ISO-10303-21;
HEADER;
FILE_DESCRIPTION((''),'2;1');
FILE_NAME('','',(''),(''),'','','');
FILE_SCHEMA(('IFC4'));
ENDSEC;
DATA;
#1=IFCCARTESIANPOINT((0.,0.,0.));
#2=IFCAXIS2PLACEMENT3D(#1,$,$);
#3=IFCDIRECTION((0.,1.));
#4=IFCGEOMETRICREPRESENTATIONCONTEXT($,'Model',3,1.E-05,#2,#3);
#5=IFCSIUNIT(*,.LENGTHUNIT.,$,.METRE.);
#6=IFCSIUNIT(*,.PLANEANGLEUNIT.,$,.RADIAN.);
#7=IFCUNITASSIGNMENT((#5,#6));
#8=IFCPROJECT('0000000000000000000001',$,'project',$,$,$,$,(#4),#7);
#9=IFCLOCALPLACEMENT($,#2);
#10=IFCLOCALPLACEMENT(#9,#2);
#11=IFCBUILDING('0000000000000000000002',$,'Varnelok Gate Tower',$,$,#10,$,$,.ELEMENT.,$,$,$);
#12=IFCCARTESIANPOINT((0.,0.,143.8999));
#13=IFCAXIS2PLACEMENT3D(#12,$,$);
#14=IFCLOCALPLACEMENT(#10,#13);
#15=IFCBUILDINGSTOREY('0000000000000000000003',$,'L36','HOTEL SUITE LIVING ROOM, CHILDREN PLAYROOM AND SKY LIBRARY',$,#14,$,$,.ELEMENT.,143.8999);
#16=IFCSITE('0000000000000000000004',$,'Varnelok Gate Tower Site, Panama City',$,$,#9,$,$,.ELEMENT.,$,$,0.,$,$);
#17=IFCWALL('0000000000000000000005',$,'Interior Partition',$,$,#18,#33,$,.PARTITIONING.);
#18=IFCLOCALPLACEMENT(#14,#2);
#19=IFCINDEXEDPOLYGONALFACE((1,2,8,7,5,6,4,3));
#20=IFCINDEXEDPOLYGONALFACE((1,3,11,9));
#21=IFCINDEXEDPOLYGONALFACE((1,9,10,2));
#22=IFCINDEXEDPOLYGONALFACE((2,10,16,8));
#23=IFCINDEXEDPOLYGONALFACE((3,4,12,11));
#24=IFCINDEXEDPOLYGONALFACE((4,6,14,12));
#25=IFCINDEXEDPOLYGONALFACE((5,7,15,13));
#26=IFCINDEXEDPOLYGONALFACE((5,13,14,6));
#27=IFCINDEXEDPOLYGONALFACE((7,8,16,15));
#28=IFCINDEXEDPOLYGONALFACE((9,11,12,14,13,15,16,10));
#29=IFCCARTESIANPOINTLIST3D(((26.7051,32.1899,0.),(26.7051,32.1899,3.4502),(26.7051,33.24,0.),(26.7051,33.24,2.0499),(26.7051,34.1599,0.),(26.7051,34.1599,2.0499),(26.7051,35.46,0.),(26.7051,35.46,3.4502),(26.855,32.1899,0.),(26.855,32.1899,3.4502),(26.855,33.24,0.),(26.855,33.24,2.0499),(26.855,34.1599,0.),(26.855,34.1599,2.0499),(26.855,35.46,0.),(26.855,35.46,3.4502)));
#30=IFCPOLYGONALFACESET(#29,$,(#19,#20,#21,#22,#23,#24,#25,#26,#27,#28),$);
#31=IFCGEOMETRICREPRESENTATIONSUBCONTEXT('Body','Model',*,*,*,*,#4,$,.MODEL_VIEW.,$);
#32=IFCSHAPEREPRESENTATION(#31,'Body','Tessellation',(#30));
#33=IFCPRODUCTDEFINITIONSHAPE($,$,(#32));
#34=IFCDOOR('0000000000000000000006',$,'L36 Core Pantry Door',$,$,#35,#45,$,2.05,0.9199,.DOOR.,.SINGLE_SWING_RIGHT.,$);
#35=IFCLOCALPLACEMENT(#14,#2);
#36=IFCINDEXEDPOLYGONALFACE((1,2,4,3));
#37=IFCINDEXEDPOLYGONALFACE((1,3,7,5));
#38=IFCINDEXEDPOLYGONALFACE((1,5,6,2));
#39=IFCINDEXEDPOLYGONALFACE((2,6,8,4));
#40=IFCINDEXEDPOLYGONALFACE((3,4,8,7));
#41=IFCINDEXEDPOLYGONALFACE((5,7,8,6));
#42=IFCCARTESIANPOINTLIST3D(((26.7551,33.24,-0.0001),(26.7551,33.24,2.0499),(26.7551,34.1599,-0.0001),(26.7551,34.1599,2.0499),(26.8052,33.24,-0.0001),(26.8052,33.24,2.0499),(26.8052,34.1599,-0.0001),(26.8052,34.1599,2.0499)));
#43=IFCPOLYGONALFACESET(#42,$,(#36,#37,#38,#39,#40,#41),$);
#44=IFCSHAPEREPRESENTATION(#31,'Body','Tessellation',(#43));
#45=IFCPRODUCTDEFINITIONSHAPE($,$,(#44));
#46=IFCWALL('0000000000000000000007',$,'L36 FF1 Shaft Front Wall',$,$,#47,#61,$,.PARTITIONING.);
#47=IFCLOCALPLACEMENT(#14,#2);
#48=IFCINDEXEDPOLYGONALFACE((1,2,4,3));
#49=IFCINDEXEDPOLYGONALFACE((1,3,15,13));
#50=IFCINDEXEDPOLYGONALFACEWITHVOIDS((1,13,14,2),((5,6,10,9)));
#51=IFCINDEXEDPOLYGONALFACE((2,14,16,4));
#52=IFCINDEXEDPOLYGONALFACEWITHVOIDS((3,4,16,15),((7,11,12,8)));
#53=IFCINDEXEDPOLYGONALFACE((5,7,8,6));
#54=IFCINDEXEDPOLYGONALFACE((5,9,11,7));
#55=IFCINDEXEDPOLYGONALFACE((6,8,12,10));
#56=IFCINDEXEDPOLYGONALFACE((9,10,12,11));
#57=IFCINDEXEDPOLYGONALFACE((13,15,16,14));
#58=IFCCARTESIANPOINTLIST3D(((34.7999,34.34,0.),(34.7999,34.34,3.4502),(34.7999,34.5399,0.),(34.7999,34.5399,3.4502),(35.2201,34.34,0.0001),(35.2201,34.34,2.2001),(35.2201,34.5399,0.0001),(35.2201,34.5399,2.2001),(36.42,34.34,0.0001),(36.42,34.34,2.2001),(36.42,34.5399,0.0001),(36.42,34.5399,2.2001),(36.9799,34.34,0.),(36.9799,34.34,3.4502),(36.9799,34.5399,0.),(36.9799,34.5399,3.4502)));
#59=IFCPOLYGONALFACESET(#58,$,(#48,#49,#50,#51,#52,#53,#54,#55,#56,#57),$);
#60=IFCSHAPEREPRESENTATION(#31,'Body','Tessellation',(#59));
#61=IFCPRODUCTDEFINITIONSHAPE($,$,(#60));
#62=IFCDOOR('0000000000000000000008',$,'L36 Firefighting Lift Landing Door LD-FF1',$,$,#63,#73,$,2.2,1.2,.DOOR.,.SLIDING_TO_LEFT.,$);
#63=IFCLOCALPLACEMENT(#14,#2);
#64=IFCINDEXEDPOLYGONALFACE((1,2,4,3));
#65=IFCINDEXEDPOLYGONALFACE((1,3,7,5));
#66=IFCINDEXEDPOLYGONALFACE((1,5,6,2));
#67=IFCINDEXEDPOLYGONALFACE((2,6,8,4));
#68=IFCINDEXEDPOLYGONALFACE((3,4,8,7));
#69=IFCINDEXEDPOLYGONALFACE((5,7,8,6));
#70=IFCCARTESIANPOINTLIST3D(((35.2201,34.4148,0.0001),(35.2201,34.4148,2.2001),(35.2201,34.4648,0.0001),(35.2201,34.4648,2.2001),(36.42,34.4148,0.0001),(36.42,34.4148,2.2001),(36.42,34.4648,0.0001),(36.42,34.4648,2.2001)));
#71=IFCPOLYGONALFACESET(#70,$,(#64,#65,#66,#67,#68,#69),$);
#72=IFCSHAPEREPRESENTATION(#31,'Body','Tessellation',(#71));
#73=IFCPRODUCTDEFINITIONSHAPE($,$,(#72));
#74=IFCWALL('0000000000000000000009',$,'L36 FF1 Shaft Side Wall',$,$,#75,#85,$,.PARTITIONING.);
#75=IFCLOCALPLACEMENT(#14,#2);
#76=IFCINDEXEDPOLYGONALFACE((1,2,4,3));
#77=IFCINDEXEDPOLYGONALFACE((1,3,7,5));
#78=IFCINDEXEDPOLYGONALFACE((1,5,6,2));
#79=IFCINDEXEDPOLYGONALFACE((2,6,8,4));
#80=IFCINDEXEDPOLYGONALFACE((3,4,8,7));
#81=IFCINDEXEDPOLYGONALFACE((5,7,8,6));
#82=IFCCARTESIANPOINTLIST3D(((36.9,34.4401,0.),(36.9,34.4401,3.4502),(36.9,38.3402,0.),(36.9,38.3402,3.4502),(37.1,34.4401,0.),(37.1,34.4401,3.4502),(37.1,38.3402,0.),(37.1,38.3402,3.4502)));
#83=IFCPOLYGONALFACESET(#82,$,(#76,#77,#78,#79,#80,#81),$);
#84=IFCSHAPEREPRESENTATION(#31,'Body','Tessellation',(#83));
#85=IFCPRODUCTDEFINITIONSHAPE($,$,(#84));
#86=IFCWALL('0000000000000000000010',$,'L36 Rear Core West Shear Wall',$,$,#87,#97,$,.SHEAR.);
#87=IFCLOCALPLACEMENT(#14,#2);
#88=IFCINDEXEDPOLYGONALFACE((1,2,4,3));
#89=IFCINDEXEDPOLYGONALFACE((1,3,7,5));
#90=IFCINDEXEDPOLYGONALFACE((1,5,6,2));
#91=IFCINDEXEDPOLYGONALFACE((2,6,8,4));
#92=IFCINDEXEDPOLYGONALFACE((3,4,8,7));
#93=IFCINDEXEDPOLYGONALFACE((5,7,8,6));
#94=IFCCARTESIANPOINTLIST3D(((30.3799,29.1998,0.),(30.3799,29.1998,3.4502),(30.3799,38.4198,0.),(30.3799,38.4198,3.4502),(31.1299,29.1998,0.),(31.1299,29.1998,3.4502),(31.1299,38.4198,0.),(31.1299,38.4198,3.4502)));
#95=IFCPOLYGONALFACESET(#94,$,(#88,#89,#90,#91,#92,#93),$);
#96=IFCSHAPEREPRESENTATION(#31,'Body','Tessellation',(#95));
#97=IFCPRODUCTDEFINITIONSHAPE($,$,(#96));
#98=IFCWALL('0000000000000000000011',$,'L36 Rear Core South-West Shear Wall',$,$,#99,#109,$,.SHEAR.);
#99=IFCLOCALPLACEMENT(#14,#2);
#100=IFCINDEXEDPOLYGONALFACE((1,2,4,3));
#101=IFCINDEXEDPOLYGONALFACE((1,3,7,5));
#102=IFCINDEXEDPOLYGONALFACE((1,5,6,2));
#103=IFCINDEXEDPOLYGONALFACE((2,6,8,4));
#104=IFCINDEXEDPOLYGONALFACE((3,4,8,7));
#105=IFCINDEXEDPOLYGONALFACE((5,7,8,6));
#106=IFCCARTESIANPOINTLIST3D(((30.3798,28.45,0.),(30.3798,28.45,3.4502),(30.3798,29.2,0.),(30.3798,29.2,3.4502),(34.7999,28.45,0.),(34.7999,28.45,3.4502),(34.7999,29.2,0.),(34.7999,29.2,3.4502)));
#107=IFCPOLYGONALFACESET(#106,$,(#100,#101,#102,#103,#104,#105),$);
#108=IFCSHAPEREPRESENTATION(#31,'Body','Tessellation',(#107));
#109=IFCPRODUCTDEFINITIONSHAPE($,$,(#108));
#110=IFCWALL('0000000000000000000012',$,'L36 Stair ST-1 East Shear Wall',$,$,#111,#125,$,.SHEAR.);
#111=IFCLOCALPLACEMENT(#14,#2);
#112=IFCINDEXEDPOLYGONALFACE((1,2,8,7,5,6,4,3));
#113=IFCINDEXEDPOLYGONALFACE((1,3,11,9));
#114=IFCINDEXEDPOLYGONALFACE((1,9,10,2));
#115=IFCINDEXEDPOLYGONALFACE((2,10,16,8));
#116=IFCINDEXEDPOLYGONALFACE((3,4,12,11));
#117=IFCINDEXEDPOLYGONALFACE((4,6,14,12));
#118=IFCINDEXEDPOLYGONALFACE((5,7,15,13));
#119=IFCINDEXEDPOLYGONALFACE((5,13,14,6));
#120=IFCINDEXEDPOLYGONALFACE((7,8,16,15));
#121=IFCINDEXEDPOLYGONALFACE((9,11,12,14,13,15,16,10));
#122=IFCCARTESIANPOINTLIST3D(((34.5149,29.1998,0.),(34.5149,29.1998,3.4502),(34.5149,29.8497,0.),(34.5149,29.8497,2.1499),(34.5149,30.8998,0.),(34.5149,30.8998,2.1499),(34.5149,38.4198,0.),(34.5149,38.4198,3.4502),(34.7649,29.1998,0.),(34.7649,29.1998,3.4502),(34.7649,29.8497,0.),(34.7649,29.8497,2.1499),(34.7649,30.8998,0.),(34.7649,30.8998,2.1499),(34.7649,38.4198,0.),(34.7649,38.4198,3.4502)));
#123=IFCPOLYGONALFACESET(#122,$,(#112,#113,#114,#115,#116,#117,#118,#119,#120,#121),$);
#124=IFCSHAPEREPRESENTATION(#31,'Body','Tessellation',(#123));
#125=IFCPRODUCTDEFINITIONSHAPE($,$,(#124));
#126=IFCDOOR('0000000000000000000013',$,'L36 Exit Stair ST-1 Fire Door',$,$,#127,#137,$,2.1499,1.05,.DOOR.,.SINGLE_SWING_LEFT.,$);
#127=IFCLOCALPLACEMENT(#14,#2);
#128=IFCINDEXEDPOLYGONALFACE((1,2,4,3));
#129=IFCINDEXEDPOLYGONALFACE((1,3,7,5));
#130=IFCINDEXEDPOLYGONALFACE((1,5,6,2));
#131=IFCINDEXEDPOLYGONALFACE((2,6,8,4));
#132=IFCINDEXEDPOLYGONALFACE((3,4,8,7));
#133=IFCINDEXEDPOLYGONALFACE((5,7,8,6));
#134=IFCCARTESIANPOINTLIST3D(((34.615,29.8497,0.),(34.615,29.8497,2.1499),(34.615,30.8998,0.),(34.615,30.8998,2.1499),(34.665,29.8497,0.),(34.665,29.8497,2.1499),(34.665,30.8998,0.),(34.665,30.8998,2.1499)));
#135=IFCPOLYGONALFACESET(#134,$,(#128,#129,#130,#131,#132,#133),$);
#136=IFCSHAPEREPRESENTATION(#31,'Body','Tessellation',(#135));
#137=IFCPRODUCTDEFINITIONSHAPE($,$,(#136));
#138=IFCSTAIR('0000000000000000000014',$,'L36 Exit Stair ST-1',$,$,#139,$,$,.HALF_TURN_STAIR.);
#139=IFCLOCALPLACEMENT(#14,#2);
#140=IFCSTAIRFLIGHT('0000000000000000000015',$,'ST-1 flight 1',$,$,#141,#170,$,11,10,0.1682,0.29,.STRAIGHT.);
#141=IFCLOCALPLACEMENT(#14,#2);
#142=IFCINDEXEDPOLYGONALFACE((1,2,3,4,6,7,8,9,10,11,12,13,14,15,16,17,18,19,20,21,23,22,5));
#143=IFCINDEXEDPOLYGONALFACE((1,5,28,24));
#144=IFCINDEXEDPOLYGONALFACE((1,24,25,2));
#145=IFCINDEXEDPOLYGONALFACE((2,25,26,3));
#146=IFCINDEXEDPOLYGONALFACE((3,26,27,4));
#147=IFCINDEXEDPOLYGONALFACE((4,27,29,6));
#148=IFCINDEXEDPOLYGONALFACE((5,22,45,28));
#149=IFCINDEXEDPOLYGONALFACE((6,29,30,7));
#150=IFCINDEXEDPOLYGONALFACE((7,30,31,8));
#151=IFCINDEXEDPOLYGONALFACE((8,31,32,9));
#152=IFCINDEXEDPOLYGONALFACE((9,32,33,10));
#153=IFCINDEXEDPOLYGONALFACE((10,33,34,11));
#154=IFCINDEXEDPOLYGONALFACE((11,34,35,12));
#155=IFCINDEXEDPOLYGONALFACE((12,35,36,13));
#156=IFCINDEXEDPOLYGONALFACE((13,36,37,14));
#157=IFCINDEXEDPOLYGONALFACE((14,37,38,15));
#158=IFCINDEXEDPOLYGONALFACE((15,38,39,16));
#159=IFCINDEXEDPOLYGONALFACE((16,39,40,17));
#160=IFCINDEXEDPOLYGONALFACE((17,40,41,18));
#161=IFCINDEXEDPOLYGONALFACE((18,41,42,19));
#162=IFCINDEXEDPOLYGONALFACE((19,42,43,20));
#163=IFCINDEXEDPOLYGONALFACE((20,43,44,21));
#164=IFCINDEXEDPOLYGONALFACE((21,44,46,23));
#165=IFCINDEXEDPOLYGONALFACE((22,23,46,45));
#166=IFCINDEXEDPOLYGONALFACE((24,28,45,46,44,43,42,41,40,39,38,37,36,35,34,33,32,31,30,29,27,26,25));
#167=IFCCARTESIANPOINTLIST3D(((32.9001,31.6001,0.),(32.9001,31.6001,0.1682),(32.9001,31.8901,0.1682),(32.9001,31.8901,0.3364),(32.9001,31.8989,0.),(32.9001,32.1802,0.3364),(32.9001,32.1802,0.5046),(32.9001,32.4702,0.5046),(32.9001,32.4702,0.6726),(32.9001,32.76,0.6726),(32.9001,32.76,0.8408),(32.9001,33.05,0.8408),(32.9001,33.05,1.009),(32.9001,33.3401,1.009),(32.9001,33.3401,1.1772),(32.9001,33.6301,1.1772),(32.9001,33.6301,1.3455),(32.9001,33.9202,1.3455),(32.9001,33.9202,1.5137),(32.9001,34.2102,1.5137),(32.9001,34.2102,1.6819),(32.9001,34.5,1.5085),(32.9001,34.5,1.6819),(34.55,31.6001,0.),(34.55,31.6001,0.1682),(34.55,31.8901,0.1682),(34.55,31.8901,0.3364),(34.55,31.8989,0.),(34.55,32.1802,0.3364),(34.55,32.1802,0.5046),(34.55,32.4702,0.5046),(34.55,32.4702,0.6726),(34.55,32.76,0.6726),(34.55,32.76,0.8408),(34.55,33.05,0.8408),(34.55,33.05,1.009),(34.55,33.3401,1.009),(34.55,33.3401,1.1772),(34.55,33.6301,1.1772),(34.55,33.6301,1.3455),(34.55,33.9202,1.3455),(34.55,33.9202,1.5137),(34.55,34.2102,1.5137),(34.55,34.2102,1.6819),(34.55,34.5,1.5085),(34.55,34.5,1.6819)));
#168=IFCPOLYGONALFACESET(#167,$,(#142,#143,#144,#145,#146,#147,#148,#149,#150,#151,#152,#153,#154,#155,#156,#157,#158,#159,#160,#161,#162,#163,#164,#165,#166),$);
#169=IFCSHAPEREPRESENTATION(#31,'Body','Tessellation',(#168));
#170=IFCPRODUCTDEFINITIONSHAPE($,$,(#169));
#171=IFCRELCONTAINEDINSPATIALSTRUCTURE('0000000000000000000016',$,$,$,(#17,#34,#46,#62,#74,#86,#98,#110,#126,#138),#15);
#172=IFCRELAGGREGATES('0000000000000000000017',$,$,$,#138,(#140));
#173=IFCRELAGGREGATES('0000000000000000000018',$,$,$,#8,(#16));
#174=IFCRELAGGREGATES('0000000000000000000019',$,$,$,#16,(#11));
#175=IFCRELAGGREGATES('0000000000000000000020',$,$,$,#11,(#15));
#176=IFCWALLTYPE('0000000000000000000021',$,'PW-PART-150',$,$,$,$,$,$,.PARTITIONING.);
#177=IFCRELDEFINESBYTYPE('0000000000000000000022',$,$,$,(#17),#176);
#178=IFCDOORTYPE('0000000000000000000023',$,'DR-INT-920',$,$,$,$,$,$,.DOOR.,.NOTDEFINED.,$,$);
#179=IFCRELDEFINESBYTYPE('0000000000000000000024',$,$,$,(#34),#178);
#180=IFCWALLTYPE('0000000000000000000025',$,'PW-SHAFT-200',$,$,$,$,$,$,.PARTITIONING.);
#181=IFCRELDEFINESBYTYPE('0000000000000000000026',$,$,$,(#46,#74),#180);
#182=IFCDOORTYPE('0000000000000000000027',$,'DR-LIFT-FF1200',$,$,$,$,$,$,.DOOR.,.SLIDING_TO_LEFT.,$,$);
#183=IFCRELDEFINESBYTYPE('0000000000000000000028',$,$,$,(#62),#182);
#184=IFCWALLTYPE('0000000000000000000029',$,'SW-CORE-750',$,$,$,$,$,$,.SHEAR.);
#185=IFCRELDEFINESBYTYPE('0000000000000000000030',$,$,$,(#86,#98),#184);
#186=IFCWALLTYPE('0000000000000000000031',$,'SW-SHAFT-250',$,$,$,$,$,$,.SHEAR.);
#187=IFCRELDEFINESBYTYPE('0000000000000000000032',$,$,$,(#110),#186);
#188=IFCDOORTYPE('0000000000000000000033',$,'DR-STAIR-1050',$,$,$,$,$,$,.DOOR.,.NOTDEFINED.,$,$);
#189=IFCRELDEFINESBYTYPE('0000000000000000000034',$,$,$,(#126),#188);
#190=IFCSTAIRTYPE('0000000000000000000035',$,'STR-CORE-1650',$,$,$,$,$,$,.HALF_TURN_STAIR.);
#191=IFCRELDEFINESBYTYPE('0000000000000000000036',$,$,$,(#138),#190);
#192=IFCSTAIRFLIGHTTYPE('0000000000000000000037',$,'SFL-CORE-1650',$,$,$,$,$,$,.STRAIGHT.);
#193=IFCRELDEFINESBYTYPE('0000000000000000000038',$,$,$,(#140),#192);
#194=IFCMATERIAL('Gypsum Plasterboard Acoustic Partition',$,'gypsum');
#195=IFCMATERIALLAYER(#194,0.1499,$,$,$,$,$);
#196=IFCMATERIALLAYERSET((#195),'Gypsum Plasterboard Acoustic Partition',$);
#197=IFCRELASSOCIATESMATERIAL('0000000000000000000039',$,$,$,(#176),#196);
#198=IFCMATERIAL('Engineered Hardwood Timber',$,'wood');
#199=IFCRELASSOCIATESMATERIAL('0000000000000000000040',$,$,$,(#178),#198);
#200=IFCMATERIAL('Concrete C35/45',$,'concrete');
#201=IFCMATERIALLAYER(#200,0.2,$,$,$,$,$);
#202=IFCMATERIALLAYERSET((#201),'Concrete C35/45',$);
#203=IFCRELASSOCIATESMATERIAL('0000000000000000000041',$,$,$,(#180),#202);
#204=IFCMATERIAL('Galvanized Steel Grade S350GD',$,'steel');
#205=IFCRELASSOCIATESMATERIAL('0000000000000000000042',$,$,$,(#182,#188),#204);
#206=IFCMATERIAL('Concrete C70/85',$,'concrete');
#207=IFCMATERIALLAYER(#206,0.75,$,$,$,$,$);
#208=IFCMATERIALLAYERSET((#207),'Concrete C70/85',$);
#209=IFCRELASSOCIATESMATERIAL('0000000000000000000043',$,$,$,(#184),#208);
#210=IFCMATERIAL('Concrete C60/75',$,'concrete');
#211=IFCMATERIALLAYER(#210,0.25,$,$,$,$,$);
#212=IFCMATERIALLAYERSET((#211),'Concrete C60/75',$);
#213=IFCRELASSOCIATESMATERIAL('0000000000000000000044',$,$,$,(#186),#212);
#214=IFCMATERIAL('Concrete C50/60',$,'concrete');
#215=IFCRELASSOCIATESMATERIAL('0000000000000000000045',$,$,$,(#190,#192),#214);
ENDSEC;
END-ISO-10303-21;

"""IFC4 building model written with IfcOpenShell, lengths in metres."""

from ifc_helpers import new_model, si_unit, direction, frame, frame_2d, origin, place, context, subcontext, project, spatial, polyline, rectangle, outline, extrude, material, layer, layer_set, type_object, element, fill, aggregate, save


model = new_model("IFC4")

# Units and contexts
model_context = context("Model", 3, precision=1e-05, world=origin(), true_north=direction((0.0, 1.0)))
body_context = subcontext(model_context, "Body", "Model", "MODEL_VIEW")
ifc_project = project(units=[si_unit("LENGTHUNIT", "METRE"), si_unit("PLANEANGLEUNIT", "RADIAN")], contexts=[model_context])

# Site, building, storey
site_placement = place(None, origin())
site = spatial("IfcSite", under=ifc_project, at=site_placement, Name="Varnelok Gate Tower Site, Panama City", CompositionType="ELEMENT", RefElevation=0.0)
building_placement = place(site_placement, origin())
building = spatial("IfcBuilding", under=site, at=building_placement, Name="Varnelok Gate Tower", CompositionType="ELEMENT")
storey_placement = place(building_placement, frame((0.0, 0.0, 143.8999)))
storey = spatial("IfcBuildingStorey", under=building, at=storey_placement, Name="L36", Description="HOTEL SUITE LIVING ROOM, CHILDREN PLAYROOM AND SKY LIBRARY", CompositionType="ELEMENT", Elevation=143.8999)

# Shared definitions
ifc_material_1 = material(Name="Concrete C60/75", Category="concrete")

# Shared definitions
ifc_material_2 = material(Name="Gypsum Plasterboard Acoustic Partition", Category="gypsum")

# Shared definitions
ifc_material_3 = material(Name="Engineered Hardwood Timber", Category="wood")

# Shared definitions
ifc_layer_1 = layer(ifc_material_2, 0.1499)
ifc_layer_set_1 = layer_set([ifc_layer_1], Name="Gypsum Plasterboard Acoustic Partition")
wall_type_1 = type_object("IfcWallType", Name="PW-PART-150", PredefinedType="PARTITIONING", material=ifc_layer_set_1)
door_type_1 = type_object("IfcDoorType", Name="DR-INT-920", OperationType="NOTDEFINED", PredefinedType="DOOR", material=ifc_material_3)

# Walls, openings, doors
wall_1_placement = place(storey_placement, frame((26.78, 32.1899, 0.0), z_axis=(0.0, 0.0, 1.0), x_axis=(0.0, 1.0, 0.0)))
wall_1 = element("IfcWall", 1, at=wall_1_placement, inside=storey, type_object=wall_type_1, Name="Interior Partition", PredefinedType="PARTITIONING", context=body_context, shape_type="SweptSolid", body=[
    extrude(rectangle(XDim=3.27, YDim=0.1499, at=frame_2d((1.635, 0.0))), origin(), (0.0, 0.0, 1.0), 3.4502),
])
opening_1_placement = place(wall_1_placement, frame((1.05, 0.0, 0.0)))
opening_1 = element("IfcOpeningElement", 2, at=opening_1_placement, cuts=wall_1, PredefinedType="OPENING", context=body_context, shape_type="SweptSolid", body=[
    extrude(rectangle(XDim=0.9199, YDim=2.05, at=frame_2d((0.46, 1.0249))), frame((0.0, 0.085, 0.0), z_axis=(0.0, -1.0, 0.0), x_axis=(1.0, 0.0, 0.0)), (0.0, 0.0, 1.0), 0.1699),
])
door_1_placement = place(opening_1_placement, origin())
door_1 = element("IfcDoor", 3, at=door_1_placement, inside=storey, type_object=door_type_1, Name="L36 Core Pantry Door", OperationType="SINGLE_SWING_RIGHT", OverallHeight=2.05, OverallWidth=0.9199, PredefinedType="DOOR", context=body_context, shape_type="SweptSolid", body=[
    extrude(rectangle(XDim=0.9199, YDim=2.05, at=frame_2d((0.46, 1.0249))), frame((0.0, 0.0249, 0.0), z_axis=(0.0, -1.0, 0.0), x_axis=(1.0, 0.0, 0.0)), (0.0, 0.0, 1.0), 0.05),
])
fill(opening_1, door_1)
ifc_material_4 = material(Name="Concrete C35/45", Category="concrete")
ifc_layer_2 = layer(ifc_material_4, 0.2)
ifc_layer_set_2 = layer_set([ifc_layer_2], Name="Concrete C35/45")
wall_type_2 = type_object("IfcWallType", Name="PW-SHAFT-200", PredefinedType="PARTITIONING", material=ifc_layer_set_2)
wall_2_placement = place(storey_placement, frame((34.8, 34.4399, 0.0), z_axis=(0.0, 0.0, 1.0), x_axis=(1.0, 0.0, 0.0)))
wall_2 = element("IfcWall", 4, at=wall_2_placement, inside=storey, type_object=wall_type_2, Name="L36 FF1 Shaft Front Wall", PredefinedType="PARTITIONING", context=body_context, shape_type="SweptSolid", body=[
    extrude(rectangle(XDim=2.1799, YDim=0.2, at=frame_2d((1.0898, 0.0))), origin(), (0.0, 0.0, 1.0), 3.4502),
])
opening_2_placement = place(wall_2_placement, frame((0.4199, 0.0, 0.0)))
opening_2 = element("IfcOpeningElement", 5, at=opening_2_placement, cuts=wall_2, PredefinedType="OPENING", context=body_context, shape_type="SweptSolid", body=[
    extrude(rectangle(XDim=1.2, YDim=2.2, at=frame_2d((0.6001, 1.1001))), frame((0.0, 0.1099, 0.0), z_axis=(0.0, -1.0, 0.0), x_axis=(1.0, 0.0, 0.0)), (0.0, 0.0, 1.0), 0.22),
])
ifc_material_5 = material(Name="Galvanized Steel Grade S350GD", Category="steel")
door_type_2 = type_object("IfcDoorType", Name="DR-LIFT-FF1200", OperationType="SLIDING_TO_LEFT", PredefinedType="DOOR", material=ifc_material_5)
door_2_placement = place(opening_2_placement, origin())
door_2 = element("IfcDoor", 6, at=door_2_placement, inside=storey, type_object=door_type_2, Name="L36 Firefighting Lift Landing Door LD-FF1", OperationType="SLIDING_TO_LEFT", OverallHeight=2.2, OverallWidth=1.2, PredefinedType="DOOR", context=body_context, shape_type="SweptSolid", body=[
    extrude(rectangle(XDim=1.2, YDim=2.2, at=frame_2d((0.6001, 1.1001))), frame((0.0, 0.0249, 0.0), z_axis=(0.0, -1.0, 0.0), x_axis=(1.0, 0.0, 0.0)), (0.0, 0.0, 1.0), 0.05),
])
fill(opening_2, door_2)

# Walls
wall_3_placement = place(storey_placement, frame((37.0, 34.4399, 0.0), z_axis=(0.0, 0.0, 1.0), x_axis=(0.0, 1.0, 0.0)))
element("IfcWall", 7, at=wall_3_placement, inside=storey, type_object=wall_type_2, Name="L36 FF1 Shaft Side Wall", PredefinedType="PARTITIONING", context=body_context, shape_type="SweptSolid", body=[
    extrude(rectangle(XDim=3.9001, YDim=0.2, at=frame_2d((1.9502, 0.0))), origin(), (0.0, 0.0, 1.0), 3.4502),
])
ifc_material_6 = material(Name="Concrete C70/85", Category="concrete")
ifc_layer_3 = layer(ifc_material_6, 0.75)
ifc_layer_set_3 = layer_set([ifc_layer_3], Name="Concrete C70/85")
wall_type_3 = type_object("IfcWallType", Name="SW-CORE-750", PredefinedType="SHEAR", material=ifc_layer_set_3)
wall_4_placement = place(storey_placement, frame((30.7549, 29.2, 0.0), z_axis=(0.0, 0.0, 1.0), x_axis=(0.0, 1.0, 0.0)))
element("IfcWall", 8, at=wall_4_placement, inside=storey, type_object=wall_type_3, Name="L36 Rear Core West Shear Wall", PredefinedType="SHEAR", context=body_context, shape_type="SweptSolid", body=[
    extrude(rectangle(XDim=9.22, YDim=0.75, at=frame_2d((4.6099, 0.0))), origin(), (0.0, 0.0, 1.0), 3.4502),
])
wall_5_placement = place(storey_placement, frame((30.3799, 28.825, 0.0), z_axis=(0.0, 0.0, 1.0), x_axis=(1.0, 0.0, 0.0)))
element("IfcWall", 9, at=wall_5_placement, inside=storey, type_object=wall_type_3, Name="L36 Rear Core South-West Shear Wall", PredefinedType="SHEAR", context=body_context, shape_type="SweptSolid", body=[
    extrude(rectangle(XDim=4.4202, YDim=0.75, at=frame_2d((2.21, 0.0))), origin(), (0.0, 0.0, 1.0), 3.4502),
])

# Wall, opening, door
ifc_layer_4 = layer(ifc_material_1, 0.25)
ifc_layer_set_4 = layer_set([ifc_layer_4], Name="Concrete C60/75")
wall_type_4 = type_object("IfcWallType", Name="SW-SHAFT-250", PredefinedType="SHEAR", material=ifc_layer_set_4)
wall_6_placement = place(storey_placement, frame((34.6399, 29.2, 0.0), z_axis=(0.0, 0.0, 1.0), x_axis=(0.0, 1.0, 0.0)))
wall_6 = element("IfcWall", 10, at=wall_6_placement, inside=storey, type_object=wall_type_4, Name="L36 Stair ST-1 East Shear Wall", PredefinedType="SHEAR", context=body_context, shape_type="SweptSolid", body=[
    extrude(rectangle(XDim=9.22, YDim=0.25, at=frame_2d((4.6099, 0.0))), origin(), (0.0, 0.0, 1.0), 3.4502),
])
opening_3_placement = place(wall_6_placement, frame((0.6499, 0.0, 0.0)))
opening_3 = element("IfcOpeningElement", 11, at=opening_3_placement, cuts=wall_6, PredefinedType="OPENING", context=body_context, shape_type="SweptSolid", body=[
    extrude(rectangle(XDim=1.05, YDim=2.1499, at=frame_2d((0.5249, 1.075))), frame((0.0, 0.135, 0.0), z_axis=(0.0, -1.0, 0.0), x_axis=(1.0, 0.0, 0.0)), (0.0, 0.0, 1.0), 0.27),
])
door_type_3 = type_object("IfcDoorType", Name="DR-STAIR-1050", OperationType="NOTDEFINED", PredefinedType="DOOR", material=ifc_material_5)
door_3_placement = place(opening_3_placement, origin())
door_3 = element("IfcDoor", 12, at=door_3_placement, inside=storey, type_object=door_type_3, Name="L36 Exit Stair ST-1 Fire Door", OperationType="SINGLE_SWING_LEFT", OverallHeight=2.1499, OverallWidth=1.05, PredefinedType="DOOR", context=body_context, shape_type="SweptSolid", body=[
    extrude(rectangle(XDim=1.05, YDim=2.1499, at=frame_2d((0.5249, 1.075))), frame((0.0, 0.0249, 0.0), z_axis=(0.0, -1.0, 0.0), x_axis=(1.0, 0.0, 0.0)), (0.0, 0.0, 1.0), 0.05),
])
fill(opening_3, door_3)

# Stair, stair flight
ifc_material_7 = material(Name="Concrete C50/60", Category="concrete")
stair_type = type_object("IfcStairType", Name="STR-CORE-1650", PredefinedType="HALF_TURN_STAIR", material=ifc_material_7)
stair_placement = place(storey_placement, origin())
stair = element("IfcStair", 13, at=stair_placement, inside=storey, type_object=stair_type, Name="L36 Exit Stair ST-1", PredefinedType="HALF_TURN_STAIR")
stair_flight_type = type_object("IfcStairFlightType", Name="SFL-CORE-1650", PredefinedType="STRAIGHT", material=ifc_material_7)
stair_flight_1_placement = place(storey_placement, frame((33.7251, 31.6001, 0.0), z_axis=(0.0, 0.0, 1.0), x_axis=(0.0, 1.0, 0.0)))
stair_flight_1 = element("IfcStairFlight", 14, at=stair_flight_1_placement, type_object=stair_flight_type, Name="ST-1 flight 1", NumberOfRisers=11, NumberOfTreads=10, PredefinedType="STRAIGHT", RiserHeight=0.1682, TreadLength=0.29, context=body_context, shape_type="SweptSolid", body=[
    extrude(outline(polyline([(0.0, 0.0), (0.0, 0.1682), (0.29, 0.1682), (0.29, 0.3364), (0.5801, 0.3364), (0.5801, 0.5046), (0.8701, 0.5046), (0.8701, 0.6726), (1.1599, 0.6726), (1.1599, 0.8408), (1.45, 0.8408), (1.45, 1.009), (1.74, 1.009), (1.74, 1.1772), (2.03, 1.1772), (2.03, 1.3455), (2.3201, 1.3455), (2.3201, 1.5137), (2.6101, 1.5137), (2.6101, 1.6819), (2.8999, 1.6819), (2.8999, 1.8501), (2.8999, 1.5085), (0.2988, 0.0), (0.0, 0.0)])), frame((0.0, 0.825, 0.0), z_axis=(0.0, -1.0, 0.0), x_axis=(1.0, 0.0, 0.0)), (0.0, 0.0, 1.0), 1.6499),
])
aggregate(stair, [stair_flight_1])

save(model, "model.ifc")
